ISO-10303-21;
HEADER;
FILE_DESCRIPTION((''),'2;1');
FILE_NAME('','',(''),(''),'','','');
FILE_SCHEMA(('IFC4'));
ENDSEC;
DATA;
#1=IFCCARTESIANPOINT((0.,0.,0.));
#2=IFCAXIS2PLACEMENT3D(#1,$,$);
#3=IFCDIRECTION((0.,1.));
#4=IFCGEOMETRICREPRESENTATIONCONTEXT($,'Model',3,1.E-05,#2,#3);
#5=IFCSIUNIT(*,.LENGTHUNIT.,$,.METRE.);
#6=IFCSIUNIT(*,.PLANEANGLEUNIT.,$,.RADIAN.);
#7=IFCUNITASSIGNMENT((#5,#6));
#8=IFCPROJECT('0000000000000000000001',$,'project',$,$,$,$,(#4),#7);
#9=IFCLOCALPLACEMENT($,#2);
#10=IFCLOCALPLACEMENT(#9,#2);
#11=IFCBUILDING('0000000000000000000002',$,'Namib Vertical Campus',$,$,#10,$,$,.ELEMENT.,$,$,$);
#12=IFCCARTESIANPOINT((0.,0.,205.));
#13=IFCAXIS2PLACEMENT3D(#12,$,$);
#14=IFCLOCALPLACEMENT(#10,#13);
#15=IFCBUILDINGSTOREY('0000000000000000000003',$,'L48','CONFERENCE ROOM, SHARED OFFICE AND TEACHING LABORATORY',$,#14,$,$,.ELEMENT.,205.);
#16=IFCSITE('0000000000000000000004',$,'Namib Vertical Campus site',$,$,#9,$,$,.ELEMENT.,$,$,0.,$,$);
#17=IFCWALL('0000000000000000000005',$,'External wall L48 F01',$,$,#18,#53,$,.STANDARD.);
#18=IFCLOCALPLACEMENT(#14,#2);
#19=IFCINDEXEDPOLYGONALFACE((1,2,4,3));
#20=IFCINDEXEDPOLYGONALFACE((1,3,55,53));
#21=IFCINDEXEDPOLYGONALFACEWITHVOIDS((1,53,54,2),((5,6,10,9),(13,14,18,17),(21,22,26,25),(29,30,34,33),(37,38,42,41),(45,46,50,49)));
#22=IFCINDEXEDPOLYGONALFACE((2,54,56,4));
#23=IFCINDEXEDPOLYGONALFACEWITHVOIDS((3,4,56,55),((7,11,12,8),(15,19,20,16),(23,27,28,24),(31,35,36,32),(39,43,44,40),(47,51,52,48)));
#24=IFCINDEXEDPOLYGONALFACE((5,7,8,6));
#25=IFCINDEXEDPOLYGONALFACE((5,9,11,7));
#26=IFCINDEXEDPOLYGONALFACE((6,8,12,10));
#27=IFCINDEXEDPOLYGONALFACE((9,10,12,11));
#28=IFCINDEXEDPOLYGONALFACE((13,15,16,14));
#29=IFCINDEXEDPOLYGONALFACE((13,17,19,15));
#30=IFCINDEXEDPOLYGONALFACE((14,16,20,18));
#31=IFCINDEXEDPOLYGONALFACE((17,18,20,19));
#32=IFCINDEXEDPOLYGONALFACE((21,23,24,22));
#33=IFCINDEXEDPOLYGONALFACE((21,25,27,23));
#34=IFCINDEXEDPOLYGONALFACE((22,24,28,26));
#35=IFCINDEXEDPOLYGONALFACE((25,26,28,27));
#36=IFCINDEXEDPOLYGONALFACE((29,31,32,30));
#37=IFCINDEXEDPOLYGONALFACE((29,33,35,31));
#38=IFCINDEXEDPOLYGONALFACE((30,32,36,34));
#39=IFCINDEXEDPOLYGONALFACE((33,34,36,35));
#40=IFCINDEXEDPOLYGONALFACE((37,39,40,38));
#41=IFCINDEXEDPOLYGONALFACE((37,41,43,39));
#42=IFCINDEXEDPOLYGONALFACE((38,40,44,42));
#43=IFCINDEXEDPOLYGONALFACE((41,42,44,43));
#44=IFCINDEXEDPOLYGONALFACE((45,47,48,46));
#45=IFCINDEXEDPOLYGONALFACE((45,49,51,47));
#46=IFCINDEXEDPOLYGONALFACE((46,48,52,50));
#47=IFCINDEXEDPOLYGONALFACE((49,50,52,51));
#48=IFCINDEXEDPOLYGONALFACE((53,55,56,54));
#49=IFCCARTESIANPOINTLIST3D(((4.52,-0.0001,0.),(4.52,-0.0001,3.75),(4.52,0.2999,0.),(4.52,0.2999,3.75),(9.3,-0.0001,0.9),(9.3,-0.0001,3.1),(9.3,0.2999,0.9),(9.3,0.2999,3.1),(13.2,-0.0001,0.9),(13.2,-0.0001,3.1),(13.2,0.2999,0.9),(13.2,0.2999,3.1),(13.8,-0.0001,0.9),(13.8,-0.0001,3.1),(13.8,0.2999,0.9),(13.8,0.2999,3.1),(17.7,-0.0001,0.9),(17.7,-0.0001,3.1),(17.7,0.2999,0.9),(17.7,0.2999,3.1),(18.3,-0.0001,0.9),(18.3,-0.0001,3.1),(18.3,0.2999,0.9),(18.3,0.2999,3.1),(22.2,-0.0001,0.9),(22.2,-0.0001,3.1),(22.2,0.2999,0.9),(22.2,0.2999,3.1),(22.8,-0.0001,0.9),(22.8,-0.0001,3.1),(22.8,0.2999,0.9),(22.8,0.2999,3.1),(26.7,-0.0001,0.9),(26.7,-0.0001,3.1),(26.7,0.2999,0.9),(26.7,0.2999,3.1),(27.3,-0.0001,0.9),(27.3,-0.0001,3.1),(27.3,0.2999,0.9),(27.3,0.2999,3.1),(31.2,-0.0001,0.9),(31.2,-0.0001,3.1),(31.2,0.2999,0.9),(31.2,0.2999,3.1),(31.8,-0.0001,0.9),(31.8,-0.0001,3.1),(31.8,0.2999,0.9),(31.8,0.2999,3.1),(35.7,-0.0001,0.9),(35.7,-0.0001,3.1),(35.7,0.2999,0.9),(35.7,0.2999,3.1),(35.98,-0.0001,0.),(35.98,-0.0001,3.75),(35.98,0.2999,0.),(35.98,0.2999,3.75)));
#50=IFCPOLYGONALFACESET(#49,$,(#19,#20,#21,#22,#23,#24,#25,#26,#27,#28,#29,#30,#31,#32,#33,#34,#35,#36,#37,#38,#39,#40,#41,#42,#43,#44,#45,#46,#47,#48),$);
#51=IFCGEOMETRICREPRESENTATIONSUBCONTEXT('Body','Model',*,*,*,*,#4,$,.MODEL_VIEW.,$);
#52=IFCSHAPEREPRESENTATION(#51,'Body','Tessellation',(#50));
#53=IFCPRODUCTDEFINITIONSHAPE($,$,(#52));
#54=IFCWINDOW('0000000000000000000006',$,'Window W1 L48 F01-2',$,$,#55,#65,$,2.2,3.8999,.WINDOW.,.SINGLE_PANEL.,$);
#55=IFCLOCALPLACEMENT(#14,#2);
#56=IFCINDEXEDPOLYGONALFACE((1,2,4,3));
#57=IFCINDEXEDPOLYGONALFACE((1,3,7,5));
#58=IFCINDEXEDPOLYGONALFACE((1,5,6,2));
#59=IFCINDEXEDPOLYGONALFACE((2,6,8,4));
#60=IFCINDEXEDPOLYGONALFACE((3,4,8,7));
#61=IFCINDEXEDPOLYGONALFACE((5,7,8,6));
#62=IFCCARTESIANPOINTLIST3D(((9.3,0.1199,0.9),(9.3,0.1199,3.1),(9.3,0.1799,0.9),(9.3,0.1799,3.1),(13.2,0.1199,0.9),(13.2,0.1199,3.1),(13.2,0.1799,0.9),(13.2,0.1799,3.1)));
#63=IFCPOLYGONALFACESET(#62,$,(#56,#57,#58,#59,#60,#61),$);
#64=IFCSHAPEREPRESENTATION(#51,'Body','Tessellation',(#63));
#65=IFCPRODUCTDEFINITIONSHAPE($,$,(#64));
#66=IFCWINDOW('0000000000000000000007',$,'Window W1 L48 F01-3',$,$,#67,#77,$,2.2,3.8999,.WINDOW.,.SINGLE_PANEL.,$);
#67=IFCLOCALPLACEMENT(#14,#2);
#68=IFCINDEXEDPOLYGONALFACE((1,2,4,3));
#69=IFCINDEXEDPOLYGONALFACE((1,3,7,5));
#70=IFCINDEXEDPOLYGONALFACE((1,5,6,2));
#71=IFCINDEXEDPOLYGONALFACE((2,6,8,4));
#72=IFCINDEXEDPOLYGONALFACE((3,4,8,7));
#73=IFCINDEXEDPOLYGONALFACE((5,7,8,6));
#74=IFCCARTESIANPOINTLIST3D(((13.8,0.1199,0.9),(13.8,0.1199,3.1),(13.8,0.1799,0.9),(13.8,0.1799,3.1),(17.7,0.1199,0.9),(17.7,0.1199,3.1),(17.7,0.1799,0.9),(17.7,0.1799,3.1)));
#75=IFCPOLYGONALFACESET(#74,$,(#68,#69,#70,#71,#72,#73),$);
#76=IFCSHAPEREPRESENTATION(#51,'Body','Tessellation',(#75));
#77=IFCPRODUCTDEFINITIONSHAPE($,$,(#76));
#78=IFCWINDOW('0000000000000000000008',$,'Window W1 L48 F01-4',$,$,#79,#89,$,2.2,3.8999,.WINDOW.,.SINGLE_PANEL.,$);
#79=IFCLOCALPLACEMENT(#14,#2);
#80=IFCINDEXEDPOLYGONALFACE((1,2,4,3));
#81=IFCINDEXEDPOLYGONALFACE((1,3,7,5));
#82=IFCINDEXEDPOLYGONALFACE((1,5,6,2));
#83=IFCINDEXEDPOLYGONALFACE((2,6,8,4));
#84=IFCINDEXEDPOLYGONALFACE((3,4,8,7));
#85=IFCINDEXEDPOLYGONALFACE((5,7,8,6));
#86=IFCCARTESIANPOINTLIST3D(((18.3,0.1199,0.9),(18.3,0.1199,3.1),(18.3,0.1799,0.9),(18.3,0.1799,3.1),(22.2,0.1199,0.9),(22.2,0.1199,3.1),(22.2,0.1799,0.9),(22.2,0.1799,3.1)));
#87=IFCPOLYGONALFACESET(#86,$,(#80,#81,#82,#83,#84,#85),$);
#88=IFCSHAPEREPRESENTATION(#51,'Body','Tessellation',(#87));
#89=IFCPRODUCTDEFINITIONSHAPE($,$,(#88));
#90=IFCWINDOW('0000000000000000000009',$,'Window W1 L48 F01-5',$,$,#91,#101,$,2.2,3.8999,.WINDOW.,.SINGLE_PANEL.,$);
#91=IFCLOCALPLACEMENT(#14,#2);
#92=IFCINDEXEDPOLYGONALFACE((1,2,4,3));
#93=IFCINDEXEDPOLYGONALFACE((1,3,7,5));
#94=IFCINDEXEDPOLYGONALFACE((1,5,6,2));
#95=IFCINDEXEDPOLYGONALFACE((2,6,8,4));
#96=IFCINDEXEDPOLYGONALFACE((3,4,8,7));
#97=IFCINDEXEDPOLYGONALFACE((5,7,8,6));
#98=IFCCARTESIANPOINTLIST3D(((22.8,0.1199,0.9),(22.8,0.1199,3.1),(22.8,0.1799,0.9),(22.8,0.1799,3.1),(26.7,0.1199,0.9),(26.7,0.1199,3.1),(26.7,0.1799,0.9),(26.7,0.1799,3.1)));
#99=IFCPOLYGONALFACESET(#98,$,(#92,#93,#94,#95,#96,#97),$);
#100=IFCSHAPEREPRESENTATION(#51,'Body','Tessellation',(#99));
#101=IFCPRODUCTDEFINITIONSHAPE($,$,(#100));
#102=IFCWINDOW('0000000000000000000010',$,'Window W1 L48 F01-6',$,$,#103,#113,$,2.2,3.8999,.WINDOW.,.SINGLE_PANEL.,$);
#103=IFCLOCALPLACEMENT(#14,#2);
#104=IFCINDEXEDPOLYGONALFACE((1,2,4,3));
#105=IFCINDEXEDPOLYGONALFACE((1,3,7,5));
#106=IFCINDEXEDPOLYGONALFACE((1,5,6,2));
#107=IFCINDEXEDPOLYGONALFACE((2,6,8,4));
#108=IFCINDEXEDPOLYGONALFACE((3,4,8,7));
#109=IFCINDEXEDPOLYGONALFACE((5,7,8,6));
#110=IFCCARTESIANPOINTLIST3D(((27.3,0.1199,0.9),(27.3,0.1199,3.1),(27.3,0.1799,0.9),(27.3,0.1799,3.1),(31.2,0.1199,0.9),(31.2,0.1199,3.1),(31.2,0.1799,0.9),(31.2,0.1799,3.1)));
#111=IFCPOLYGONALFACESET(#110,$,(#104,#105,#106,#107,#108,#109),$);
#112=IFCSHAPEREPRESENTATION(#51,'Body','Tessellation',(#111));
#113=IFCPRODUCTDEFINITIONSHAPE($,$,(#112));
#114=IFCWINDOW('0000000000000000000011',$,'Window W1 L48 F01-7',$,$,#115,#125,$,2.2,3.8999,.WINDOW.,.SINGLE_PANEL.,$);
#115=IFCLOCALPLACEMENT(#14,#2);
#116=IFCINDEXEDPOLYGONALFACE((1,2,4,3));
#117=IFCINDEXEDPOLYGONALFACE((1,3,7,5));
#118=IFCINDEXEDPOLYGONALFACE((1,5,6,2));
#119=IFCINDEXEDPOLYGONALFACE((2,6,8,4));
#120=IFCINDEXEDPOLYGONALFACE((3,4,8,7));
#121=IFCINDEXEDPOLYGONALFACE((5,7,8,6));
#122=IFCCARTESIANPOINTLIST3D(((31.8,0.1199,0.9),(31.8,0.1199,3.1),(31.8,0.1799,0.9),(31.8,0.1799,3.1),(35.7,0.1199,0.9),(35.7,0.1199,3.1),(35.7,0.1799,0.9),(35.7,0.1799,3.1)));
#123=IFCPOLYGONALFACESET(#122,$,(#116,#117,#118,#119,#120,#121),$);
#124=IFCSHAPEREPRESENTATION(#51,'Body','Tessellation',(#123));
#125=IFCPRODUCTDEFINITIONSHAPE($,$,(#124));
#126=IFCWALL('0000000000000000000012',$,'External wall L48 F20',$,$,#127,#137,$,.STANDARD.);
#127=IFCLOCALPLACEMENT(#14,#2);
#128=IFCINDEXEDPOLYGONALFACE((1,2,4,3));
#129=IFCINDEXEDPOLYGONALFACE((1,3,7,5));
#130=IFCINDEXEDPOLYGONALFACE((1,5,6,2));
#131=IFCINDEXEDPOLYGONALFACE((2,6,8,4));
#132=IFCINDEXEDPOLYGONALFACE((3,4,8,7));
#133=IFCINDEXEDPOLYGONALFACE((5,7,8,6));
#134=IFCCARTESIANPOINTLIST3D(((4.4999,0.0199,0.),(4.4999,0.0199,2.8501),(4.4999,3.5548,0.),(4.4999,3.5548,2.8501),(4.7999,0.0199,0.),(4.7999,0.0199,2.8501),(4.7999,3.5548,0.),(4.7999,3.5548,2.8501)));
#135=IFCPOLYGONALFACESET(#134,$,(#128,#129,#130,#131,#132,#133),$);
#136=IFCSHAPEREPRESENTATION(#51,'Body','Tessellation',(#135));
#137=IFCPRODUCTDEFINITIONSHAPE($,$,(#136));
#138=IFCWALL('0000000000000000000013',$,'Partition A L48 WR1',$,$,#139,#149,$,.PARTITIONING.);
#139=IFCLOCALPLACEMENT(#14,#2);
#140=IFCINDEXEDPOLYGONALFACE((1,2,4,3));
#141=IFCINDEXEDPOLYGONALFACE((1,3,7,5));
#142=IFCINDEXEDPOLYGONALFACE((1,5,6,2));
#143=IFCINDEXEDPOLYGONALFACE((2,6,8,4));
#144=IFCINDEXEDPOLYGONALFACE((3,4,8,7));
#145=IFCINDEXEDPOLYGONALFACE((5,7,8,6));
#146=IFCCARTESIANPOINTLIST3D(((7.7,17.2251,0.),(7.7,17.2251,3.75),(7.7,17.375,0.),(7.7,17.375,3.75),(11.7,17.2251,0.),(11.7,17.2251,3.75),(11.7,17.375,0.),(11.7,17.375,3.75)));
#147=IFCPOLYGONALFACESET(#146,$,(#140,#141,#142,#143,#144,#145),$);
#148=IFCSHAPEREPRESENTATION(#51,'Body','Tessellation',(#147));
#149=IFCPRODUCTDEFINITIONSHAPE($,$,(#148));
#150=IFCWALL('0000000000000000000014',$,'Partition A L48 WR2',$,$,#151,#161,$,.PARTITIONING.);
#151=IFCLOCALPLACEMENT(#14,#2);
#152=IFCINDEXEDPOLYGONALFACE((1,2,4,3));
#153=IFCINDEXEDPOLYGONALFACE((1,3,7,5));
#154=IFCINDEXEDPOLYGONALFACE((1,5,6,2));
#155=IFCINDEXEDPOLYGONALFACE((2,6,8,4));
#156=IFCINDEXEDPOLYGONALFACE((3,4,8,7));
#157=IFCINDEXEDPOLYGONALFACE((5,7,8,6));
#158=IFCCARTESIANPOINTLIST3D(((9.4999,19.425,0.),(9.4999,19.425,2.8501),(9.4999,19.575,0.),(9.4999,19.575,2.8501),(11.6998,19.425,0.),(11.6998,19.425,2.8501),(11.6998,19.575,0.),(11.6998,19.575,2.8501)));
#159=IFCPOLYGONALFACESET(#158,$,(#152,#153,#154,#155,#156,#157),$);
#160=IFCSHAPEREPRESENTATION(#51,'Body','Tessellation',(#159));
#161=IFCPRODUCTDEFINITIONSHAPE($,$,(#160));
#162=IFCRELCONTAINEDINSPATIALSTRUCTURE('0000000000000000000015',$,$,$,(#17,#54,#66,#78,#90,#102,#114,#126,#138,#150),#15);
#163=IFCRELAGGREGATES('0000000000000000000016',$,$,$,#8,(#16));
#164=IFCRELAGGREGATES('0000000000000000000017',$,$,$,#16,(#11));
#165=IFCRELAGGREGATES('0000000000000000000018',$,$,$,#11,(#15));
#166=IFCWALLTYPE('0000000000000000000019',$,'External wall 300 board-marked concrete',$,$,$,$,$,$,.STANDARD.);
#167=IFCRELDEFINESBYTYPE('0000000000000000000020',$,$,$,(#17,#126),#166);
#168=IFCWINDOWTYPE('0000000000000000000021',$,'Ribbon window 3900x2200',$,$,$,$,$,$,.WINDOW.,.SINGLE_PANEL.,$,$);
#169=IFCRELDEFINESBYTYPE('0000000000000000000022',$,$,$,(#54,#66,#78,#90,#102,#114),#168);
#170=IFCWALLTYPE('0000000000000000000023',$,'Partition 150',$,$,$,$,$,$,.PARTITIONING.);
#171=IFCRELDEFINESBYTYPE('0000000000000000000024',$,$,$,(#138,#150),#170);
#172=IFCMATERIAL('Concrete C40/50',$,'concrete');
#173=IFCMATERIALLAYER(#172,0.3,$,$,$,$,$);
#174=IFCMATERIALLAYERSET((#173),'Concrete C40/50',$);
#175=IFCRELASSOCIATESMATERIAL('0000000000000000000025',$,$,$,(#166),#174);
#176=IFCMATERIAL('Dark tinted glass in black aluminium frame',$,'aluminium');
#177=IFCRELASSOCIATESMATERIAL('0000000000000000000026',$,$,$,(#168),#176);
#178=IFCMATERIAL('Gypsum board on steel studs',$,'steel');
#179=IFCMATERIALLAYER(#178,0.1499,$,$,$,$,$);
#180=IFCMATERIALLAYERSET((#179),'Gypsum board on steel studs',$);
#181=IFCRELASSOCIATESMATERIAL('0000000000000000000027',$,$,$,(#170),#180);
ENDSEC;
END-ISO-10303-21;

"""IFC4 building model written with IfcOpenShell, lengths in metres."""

from ifc_helpers import new_model, si_unit, direction, frame, frame_2d, origin, place, context, subcontext, project, spatial, rectangle, extrude, material, layer, layer_set, type_object, element, fill, save


model = new_model("IFC4")

# Units and contexts
model_context = context("Model", 3, precision=1e-05, world=origin(), true_north=direction((0.0, 1.0)))
body_context = subcontext(model_context, "Body", "Model", "MODEL_VIEW")
ifc_project = project(units=[si_unit("LENGTHUNIT", "METRE"), si_unit("PLANEANGLEUNIT", "RADIAN")], contexts=[model_context])

# Site, building, storey
site_placement = place(None, origin())
site = spatial("IfcSite", under=ifc_project, at=site_placement, Name="Namib Vertical Campus site", CompositionType="ELEMENT", RefElevation=0.0)
building_placement = place(site_placement, origin())
building = spatial("IfcBuilding", under=site, at=building_placement, Name="Namib Vertical Campus", CompositionType="ELEMENT")
storey_placement = place(building_placement, frame((0.0, 0.0, 205.0)))
storey = spatial("IfcBuildingStorey", under=building, at=storey_placement, Name="L48", Description="CONFERENCE ROOM, SHARED OFFICE AND TEACHING LABORATORY", CompositionType="ELEMENT", Elevation=205.0)

# Wall, openings, windows
ifc_material_1 = material(Name="Concrete C40/50", Category="concrete")
ifc_layer_1 = layer(ifc_material_1, 0.3)
ifc_layer_set_1 = layer_set([ifc_layer_1], Name="Concrete C40/50")
wall_type_1 = type_object("IfcWallType", Name="External wall 300 board-marked concrete", PredefinedType="STANDARD", material=ifc_layer_set_1)
wall_1_placement = place(storey_placement, frame((4.52, 0.1499, 0.0), z_axis=(0.0, 0.0, 1.0), x_axis=(1.0, 0.0, 0.0)))
wall_1 = element("IfcWall", 1, at=wall_1_placement, inside=storey, type_object=wall_type_1, Name="External wall L48 F01", PredefinedType="STANDARD", context=body_context, shape_type="SweptSolid", body=[
    extrude(rectangle(XDim=31.46, YDim=0.3, at=frame_2d((15.73, 0.0))), origin(), (0.0, 0.0, 1.0), 3.75),
])
opening_1_placement = place(wall_1_placement, frame((4.78, 0.0, 0.8999)))
opening_1 = element("IfcOpeningElement", 2, at=opening_1_placement, cuts=wall_1, PredefinedType="OPENING", context=body_context, shape_type="SweptSolid", body=[
    extrude(rectangle(XDim=3.8999, YDim=2.2, at=frame_2d((1.95, 1.1001))), frame((0.0, 0.1599, 0.0), z_axis=(0.0, -1.0, 0.0), x_axis=(1.0, 0.0, 0.0)), (0.0, 0.0, 1.0), 0.3201),
])
opening_2_placement = place(wall_1_placement, frame((9.28, 0.0, 0.8999)))
opening_2 = element("IfcOpeningElement", 3, at=opening_2_placement, cuts=wall_1, PredefinedType="OPENING", context=body_context, shape_type="SweptSolid", body=[
    extrude(rectangle(XDim=3.8999, YDim=2.2, at=frame_2d((1.95, 1.1001))), frame((0.0, 0.1599, 0.0), z_axis=(0.0, -1.0, 0.0), x_axis=(1.0, 0.0, 0.0)), (0.0, 0.0, 1.0), 0.3201),
])
opening_3_placement = place(wall_1_placement, frame((13.78, 0.0, 0.8999)))
opening_3 = element("IfcOpeningElement", 4, at=opening_3_placement, cuts=wall_1, PredefinedType="OPENING", context=body_context, shape_type="SweptSolid", body=[
    extrude(rectangle(XDim=3.8999, YDim=2.2, at=frame_2d((1.95, 1.1001))), frame((0.0, 0.1599, 0.0), z_axis=(0.0, -1.0, 0.0), x_axis=(1.0, 0.0, 0.0)), (0.0, 0.0, 1.0), 0.3201),
])
opening_4_placement = place(wall_1_placement, frame((18.28, 0.0, 0.8999)))
opening_4 = element("IfcOpeningElement", 5, at=opening_4_placement, cuts=wall_1, PredefinedType="OPENING", context=body_context, shape_type="SweptSolid", body=[
    extrude(rectangle(XDim=3.8999, YDim=2.2, at=frame_2d((1.95, 1.1001))), frame((0.0, 0.1599, 0.0), z_axis=(0.0, -1.0, 0.0), x_axis=(1.0, 0.0, 0.0)), (0.0, 0.0, 1.0), 0.3201),
])
opening_5_placement = place(wall_1_placement, frame((22.78, 0.0, 0.8999)))
opening_5 = element("IfcOpeningElement", 6, at=opening_5_placement, cuts=wall_1, PredefinedType="OPENING", context=body_context, shape_type="SweptSolid", body=[
    extrude(rectangle(XDim=3.8999, YDim=2.2, at=frame_2d((1.95, 1.1001))), frame((0.0, 0.1599, 0.0), z_axis=(0.0, -1.0, 0.0), x_axis=(1.0, 0.0, 0.0)), (0.0, 0.0, 1.0), 0.3201),
])
opening_6_placement = place(wall_1_placement, frame((27.28, 0.0, 0.8999)))
opening_6 = element("IfcOpeningElement", 7, at=opening_6_placement, cuts=wall_1, PredefinedType="OPENING", context=body_context, shape_type="SweptSolid", body=[
    extrude(rectangle(XDim=3.8999, YDim=2.2, at=frame_2d((1.95, 1.1001))), frame((0.0, 0.1599, 0.0), z_axis=(0.0, -1.0, 0.0), x_axis=(1.0, 0.0, 0.0)), (0.0, 0.0, 1.0), 0.3201),
])
ifc_material_2 = material(Name="Dark tinted glass in black aluminium frame", Category="aluminium")
window_type = type_object("IfcWindowType", Name="Ribbon window 3900x2200", PartitioningType="SINGLE_PANEL", PredefinedType="WINDOW", material=ifc_material_2)
window_1_placement = place(opening_1_placement, origin())
window_1 = element("IfcWindow", 8, at=window_1_placement, inside=storey, type_object=window_type, Name="Window W1 L48 F01-2", OverallHeight=2.2, OverallWidth=3.8999, PartitioningType="SINGLE_PANEL", PredefinedType="WINDOW", context=body_context, shape_type="SweptSolid", body=[
    extrude(rectangle(XDim=3.8999, YDim=2.2, at=frame_2d((1.95, 1.1001))), frame((0.0, 0.03, 0.0), z_axis=(0.0, -1.0, 0.0), x_axis=(1.0, 0.0, 0.0)), (0.0, 0.0, 1.0), 0.0601),
])
fill(opening_1, window_1)
window_2_placement = place(opening_2_placement, origin())
window_2 = element("IfcWindow", 9, at=window_2_placement, inside=storey, type_object=window_type, Name="Window W1 L48 F01-3", OverallHeight=2.2, OverallWidth=3.8999, PartitioningType="SINGLE_PANEL", PredefinedType="WINDOW", context=body_context, shape_type="SweptSolid", body=[
    extrude(rectangle(XDim=3.8999, YDim=2.2, at=frame_2d((1.95, 1.1001))), frame((0.0, 0.03, 0.0), z_axis=(0.0, -1.0, 0.0), x_axis=(1.0, 0.0, 0.0)), (0.0, 0.0, 1.0), 0.0601),
])
fill(opening_2, window_2)
window_3_placement = place(opening_3_placement, origin())
window_3 = element("IfcWindow", 10, at=window_3_placement, inside=storey, type_object=window_type, Name="Window W1 L48 F01-4", OverallHeight=2.2, OverallWidth=3.8999, PartitioningType="SINGLE_PANEL", PredefinedType="WINDOW", context=body_context, shape_type="SweptSolid", body=[
    extrude(rectangle(XDim=3.8999, YDim=2.2, at=frame_2d((1.95, 1.1001))), frame((0.0, 0.03, 0.0), z_axis=(0.0, -1.0, 0.0), x_axis=(1.0, 0.0, 0.0)), (0.0, 0.0, 1.0), 0.0601),
])
fill(opening_3, window_3)
window_4_placement = place(opening_4_placement, origin())
window_4 = element("IfcWindow", 11, at=window_4_placement, inside=storey, type_object=window_type, Name="Window W1 L48 F01-5", OverallHeight=2.2, OverallWidth=3.8999, PartitioningType="SINGLE_PANEL", PredefinedType="WINDOW", context=body_context, shape_type="SweptSolid", body=[
    extrude(rectangle(XDim=3.8999, YDim=2.2, at=frame_2d((1.95, 1.1001))), frame((0.0, 0.03, 0.0), z_axis=(0.0, -1.0, 0.0), x_axis=(1.0, 0.0, 0.0)), (0.0, 0.0, 1.0), 0.0601),
])
fill(opening_4, window_4)
window_5_placement = place(opening_5_placement, origin())
window_5 = element("IfcWindow", 12, at=window_5_placement, inside=storey, type_object=window_type, Name="Window W1 L48 F01-6", OverallHeight=2.2, OverallWidth=3.8999, PartitioningType="SINGLE_PANEL", PredefinedType="WINDOW", context=body_context, shape_type="SweptSolid", body=[
    extrude(rectangle(XDim=3.8999, YDim=2.2, at=frame_2d((1.95, 1.1001))), frame((0.0, 0.03, 0.0), z_axis=(0.0, -1.0, 0.0), x_axis=(1.0, 0.0, 0.0)), (0.0, 0.0, 1.0), 0.0601),
])
fill(opening_5, window_5)
window_6_placement = place(opening_6_placement, origin())
window_6 = element("IfcWindow", 13, at=window_6_placement, inside=storey, type_object=window_type, Name="Window W1 L48 F01-7", OverallHeight=2.2, OverallWidth=3.8999, PartitioningType="SINGLE_PANEL", PredefinedType="WINDOW", context=body_context, shape_type="SweptSolid", body=[
    extrude(rectangle(XDim=3.8999, YDim=2.2, at=frame_2d((1.95, 1.1001))), frame((0.0, 0.03, 0.0), z_axis=(0.0, -1.0, 0.0), x_axis=(1.0, 0.0, 0.0)), (0.0, 0.0, 1.0), 0.0601),
])
fill(opening_6, window_6)

# Walls
wall_2_placement = place(storey_placement, frame((4.6499, 3.5549, 0.0), z_axis=(0.0, 0.0, 1.0), x_axis=(0.0, -1.0, 0.0)))
element("IfcWall", 14, at=wall_2_placement, inside=storey, type_object=wall_type_1, Name="External wall L48 F20", PredefinedType="STANDARD", context=body_context, shape_type="SweptSolid", body=[
    extrude(rectangle(XDim=3.5349, YDim=0.3, at=frame_2d((1.7676, 0.0))), origin(), (0.0, 0.0, 1.0), 2.8501),
])
ifc_material_3 = material(Name="Gypsum board on steel studs", Category="steel")
ifc_layer_2 = layer(ifc_material_3, 0.1499)
ifc_layer_set_2 = layer_set([ifc_layer_2], Name="Gypsum board on steel studs")
wall_type_2 = type_object("IfcWallType", Name="Partition 150", PredefinedType="PARTITIONING", material=ifc_layer_set_2)
wall_3_placement = place(storey_placement, frame((11.7, 17.3, 0.0), z_axis=(0.0, 0.0, 1.0), x_axis=(-1.0, 0.0, 0.0)))
element("IfcWall", 15, at=wall_3_placement, inside=storey, type_object=wall_type_2, Name="Partition A L48 WR1", PredefinedType="PARTITIONING", context=body_context, shape_type="SweptSolid", body=[
    extrude(rectangle(XDim=4.0, YDim=0.1499, at=frame_2d((2.0, 0.0))), origin(), (0.0, 0.0, 1.0), 3.75),
])
wall_4_placement = place(storey_placement, frame((11.7, 19.5, 0.0), z_axis=(0.0, 0.0, 1.0), x_axis=(-1.0, 0.0, 0.0)))
element("IfcWall", 16, at=wall_4_placement, inside=storey, type_object=wall_type_2, Name="Partition A L48 WR2", PredefinedType="PARTITIONING", context=body_context, shape_type="SweptSolid", body=[
    extrude(rectangle(XDim=2.2, YDim=0.1499, at=frame_2d((1.1001, 0.0))), origin(), (0.0, 0.0, 1.0), 2.8501),
])

save(model, "model.ifc")
